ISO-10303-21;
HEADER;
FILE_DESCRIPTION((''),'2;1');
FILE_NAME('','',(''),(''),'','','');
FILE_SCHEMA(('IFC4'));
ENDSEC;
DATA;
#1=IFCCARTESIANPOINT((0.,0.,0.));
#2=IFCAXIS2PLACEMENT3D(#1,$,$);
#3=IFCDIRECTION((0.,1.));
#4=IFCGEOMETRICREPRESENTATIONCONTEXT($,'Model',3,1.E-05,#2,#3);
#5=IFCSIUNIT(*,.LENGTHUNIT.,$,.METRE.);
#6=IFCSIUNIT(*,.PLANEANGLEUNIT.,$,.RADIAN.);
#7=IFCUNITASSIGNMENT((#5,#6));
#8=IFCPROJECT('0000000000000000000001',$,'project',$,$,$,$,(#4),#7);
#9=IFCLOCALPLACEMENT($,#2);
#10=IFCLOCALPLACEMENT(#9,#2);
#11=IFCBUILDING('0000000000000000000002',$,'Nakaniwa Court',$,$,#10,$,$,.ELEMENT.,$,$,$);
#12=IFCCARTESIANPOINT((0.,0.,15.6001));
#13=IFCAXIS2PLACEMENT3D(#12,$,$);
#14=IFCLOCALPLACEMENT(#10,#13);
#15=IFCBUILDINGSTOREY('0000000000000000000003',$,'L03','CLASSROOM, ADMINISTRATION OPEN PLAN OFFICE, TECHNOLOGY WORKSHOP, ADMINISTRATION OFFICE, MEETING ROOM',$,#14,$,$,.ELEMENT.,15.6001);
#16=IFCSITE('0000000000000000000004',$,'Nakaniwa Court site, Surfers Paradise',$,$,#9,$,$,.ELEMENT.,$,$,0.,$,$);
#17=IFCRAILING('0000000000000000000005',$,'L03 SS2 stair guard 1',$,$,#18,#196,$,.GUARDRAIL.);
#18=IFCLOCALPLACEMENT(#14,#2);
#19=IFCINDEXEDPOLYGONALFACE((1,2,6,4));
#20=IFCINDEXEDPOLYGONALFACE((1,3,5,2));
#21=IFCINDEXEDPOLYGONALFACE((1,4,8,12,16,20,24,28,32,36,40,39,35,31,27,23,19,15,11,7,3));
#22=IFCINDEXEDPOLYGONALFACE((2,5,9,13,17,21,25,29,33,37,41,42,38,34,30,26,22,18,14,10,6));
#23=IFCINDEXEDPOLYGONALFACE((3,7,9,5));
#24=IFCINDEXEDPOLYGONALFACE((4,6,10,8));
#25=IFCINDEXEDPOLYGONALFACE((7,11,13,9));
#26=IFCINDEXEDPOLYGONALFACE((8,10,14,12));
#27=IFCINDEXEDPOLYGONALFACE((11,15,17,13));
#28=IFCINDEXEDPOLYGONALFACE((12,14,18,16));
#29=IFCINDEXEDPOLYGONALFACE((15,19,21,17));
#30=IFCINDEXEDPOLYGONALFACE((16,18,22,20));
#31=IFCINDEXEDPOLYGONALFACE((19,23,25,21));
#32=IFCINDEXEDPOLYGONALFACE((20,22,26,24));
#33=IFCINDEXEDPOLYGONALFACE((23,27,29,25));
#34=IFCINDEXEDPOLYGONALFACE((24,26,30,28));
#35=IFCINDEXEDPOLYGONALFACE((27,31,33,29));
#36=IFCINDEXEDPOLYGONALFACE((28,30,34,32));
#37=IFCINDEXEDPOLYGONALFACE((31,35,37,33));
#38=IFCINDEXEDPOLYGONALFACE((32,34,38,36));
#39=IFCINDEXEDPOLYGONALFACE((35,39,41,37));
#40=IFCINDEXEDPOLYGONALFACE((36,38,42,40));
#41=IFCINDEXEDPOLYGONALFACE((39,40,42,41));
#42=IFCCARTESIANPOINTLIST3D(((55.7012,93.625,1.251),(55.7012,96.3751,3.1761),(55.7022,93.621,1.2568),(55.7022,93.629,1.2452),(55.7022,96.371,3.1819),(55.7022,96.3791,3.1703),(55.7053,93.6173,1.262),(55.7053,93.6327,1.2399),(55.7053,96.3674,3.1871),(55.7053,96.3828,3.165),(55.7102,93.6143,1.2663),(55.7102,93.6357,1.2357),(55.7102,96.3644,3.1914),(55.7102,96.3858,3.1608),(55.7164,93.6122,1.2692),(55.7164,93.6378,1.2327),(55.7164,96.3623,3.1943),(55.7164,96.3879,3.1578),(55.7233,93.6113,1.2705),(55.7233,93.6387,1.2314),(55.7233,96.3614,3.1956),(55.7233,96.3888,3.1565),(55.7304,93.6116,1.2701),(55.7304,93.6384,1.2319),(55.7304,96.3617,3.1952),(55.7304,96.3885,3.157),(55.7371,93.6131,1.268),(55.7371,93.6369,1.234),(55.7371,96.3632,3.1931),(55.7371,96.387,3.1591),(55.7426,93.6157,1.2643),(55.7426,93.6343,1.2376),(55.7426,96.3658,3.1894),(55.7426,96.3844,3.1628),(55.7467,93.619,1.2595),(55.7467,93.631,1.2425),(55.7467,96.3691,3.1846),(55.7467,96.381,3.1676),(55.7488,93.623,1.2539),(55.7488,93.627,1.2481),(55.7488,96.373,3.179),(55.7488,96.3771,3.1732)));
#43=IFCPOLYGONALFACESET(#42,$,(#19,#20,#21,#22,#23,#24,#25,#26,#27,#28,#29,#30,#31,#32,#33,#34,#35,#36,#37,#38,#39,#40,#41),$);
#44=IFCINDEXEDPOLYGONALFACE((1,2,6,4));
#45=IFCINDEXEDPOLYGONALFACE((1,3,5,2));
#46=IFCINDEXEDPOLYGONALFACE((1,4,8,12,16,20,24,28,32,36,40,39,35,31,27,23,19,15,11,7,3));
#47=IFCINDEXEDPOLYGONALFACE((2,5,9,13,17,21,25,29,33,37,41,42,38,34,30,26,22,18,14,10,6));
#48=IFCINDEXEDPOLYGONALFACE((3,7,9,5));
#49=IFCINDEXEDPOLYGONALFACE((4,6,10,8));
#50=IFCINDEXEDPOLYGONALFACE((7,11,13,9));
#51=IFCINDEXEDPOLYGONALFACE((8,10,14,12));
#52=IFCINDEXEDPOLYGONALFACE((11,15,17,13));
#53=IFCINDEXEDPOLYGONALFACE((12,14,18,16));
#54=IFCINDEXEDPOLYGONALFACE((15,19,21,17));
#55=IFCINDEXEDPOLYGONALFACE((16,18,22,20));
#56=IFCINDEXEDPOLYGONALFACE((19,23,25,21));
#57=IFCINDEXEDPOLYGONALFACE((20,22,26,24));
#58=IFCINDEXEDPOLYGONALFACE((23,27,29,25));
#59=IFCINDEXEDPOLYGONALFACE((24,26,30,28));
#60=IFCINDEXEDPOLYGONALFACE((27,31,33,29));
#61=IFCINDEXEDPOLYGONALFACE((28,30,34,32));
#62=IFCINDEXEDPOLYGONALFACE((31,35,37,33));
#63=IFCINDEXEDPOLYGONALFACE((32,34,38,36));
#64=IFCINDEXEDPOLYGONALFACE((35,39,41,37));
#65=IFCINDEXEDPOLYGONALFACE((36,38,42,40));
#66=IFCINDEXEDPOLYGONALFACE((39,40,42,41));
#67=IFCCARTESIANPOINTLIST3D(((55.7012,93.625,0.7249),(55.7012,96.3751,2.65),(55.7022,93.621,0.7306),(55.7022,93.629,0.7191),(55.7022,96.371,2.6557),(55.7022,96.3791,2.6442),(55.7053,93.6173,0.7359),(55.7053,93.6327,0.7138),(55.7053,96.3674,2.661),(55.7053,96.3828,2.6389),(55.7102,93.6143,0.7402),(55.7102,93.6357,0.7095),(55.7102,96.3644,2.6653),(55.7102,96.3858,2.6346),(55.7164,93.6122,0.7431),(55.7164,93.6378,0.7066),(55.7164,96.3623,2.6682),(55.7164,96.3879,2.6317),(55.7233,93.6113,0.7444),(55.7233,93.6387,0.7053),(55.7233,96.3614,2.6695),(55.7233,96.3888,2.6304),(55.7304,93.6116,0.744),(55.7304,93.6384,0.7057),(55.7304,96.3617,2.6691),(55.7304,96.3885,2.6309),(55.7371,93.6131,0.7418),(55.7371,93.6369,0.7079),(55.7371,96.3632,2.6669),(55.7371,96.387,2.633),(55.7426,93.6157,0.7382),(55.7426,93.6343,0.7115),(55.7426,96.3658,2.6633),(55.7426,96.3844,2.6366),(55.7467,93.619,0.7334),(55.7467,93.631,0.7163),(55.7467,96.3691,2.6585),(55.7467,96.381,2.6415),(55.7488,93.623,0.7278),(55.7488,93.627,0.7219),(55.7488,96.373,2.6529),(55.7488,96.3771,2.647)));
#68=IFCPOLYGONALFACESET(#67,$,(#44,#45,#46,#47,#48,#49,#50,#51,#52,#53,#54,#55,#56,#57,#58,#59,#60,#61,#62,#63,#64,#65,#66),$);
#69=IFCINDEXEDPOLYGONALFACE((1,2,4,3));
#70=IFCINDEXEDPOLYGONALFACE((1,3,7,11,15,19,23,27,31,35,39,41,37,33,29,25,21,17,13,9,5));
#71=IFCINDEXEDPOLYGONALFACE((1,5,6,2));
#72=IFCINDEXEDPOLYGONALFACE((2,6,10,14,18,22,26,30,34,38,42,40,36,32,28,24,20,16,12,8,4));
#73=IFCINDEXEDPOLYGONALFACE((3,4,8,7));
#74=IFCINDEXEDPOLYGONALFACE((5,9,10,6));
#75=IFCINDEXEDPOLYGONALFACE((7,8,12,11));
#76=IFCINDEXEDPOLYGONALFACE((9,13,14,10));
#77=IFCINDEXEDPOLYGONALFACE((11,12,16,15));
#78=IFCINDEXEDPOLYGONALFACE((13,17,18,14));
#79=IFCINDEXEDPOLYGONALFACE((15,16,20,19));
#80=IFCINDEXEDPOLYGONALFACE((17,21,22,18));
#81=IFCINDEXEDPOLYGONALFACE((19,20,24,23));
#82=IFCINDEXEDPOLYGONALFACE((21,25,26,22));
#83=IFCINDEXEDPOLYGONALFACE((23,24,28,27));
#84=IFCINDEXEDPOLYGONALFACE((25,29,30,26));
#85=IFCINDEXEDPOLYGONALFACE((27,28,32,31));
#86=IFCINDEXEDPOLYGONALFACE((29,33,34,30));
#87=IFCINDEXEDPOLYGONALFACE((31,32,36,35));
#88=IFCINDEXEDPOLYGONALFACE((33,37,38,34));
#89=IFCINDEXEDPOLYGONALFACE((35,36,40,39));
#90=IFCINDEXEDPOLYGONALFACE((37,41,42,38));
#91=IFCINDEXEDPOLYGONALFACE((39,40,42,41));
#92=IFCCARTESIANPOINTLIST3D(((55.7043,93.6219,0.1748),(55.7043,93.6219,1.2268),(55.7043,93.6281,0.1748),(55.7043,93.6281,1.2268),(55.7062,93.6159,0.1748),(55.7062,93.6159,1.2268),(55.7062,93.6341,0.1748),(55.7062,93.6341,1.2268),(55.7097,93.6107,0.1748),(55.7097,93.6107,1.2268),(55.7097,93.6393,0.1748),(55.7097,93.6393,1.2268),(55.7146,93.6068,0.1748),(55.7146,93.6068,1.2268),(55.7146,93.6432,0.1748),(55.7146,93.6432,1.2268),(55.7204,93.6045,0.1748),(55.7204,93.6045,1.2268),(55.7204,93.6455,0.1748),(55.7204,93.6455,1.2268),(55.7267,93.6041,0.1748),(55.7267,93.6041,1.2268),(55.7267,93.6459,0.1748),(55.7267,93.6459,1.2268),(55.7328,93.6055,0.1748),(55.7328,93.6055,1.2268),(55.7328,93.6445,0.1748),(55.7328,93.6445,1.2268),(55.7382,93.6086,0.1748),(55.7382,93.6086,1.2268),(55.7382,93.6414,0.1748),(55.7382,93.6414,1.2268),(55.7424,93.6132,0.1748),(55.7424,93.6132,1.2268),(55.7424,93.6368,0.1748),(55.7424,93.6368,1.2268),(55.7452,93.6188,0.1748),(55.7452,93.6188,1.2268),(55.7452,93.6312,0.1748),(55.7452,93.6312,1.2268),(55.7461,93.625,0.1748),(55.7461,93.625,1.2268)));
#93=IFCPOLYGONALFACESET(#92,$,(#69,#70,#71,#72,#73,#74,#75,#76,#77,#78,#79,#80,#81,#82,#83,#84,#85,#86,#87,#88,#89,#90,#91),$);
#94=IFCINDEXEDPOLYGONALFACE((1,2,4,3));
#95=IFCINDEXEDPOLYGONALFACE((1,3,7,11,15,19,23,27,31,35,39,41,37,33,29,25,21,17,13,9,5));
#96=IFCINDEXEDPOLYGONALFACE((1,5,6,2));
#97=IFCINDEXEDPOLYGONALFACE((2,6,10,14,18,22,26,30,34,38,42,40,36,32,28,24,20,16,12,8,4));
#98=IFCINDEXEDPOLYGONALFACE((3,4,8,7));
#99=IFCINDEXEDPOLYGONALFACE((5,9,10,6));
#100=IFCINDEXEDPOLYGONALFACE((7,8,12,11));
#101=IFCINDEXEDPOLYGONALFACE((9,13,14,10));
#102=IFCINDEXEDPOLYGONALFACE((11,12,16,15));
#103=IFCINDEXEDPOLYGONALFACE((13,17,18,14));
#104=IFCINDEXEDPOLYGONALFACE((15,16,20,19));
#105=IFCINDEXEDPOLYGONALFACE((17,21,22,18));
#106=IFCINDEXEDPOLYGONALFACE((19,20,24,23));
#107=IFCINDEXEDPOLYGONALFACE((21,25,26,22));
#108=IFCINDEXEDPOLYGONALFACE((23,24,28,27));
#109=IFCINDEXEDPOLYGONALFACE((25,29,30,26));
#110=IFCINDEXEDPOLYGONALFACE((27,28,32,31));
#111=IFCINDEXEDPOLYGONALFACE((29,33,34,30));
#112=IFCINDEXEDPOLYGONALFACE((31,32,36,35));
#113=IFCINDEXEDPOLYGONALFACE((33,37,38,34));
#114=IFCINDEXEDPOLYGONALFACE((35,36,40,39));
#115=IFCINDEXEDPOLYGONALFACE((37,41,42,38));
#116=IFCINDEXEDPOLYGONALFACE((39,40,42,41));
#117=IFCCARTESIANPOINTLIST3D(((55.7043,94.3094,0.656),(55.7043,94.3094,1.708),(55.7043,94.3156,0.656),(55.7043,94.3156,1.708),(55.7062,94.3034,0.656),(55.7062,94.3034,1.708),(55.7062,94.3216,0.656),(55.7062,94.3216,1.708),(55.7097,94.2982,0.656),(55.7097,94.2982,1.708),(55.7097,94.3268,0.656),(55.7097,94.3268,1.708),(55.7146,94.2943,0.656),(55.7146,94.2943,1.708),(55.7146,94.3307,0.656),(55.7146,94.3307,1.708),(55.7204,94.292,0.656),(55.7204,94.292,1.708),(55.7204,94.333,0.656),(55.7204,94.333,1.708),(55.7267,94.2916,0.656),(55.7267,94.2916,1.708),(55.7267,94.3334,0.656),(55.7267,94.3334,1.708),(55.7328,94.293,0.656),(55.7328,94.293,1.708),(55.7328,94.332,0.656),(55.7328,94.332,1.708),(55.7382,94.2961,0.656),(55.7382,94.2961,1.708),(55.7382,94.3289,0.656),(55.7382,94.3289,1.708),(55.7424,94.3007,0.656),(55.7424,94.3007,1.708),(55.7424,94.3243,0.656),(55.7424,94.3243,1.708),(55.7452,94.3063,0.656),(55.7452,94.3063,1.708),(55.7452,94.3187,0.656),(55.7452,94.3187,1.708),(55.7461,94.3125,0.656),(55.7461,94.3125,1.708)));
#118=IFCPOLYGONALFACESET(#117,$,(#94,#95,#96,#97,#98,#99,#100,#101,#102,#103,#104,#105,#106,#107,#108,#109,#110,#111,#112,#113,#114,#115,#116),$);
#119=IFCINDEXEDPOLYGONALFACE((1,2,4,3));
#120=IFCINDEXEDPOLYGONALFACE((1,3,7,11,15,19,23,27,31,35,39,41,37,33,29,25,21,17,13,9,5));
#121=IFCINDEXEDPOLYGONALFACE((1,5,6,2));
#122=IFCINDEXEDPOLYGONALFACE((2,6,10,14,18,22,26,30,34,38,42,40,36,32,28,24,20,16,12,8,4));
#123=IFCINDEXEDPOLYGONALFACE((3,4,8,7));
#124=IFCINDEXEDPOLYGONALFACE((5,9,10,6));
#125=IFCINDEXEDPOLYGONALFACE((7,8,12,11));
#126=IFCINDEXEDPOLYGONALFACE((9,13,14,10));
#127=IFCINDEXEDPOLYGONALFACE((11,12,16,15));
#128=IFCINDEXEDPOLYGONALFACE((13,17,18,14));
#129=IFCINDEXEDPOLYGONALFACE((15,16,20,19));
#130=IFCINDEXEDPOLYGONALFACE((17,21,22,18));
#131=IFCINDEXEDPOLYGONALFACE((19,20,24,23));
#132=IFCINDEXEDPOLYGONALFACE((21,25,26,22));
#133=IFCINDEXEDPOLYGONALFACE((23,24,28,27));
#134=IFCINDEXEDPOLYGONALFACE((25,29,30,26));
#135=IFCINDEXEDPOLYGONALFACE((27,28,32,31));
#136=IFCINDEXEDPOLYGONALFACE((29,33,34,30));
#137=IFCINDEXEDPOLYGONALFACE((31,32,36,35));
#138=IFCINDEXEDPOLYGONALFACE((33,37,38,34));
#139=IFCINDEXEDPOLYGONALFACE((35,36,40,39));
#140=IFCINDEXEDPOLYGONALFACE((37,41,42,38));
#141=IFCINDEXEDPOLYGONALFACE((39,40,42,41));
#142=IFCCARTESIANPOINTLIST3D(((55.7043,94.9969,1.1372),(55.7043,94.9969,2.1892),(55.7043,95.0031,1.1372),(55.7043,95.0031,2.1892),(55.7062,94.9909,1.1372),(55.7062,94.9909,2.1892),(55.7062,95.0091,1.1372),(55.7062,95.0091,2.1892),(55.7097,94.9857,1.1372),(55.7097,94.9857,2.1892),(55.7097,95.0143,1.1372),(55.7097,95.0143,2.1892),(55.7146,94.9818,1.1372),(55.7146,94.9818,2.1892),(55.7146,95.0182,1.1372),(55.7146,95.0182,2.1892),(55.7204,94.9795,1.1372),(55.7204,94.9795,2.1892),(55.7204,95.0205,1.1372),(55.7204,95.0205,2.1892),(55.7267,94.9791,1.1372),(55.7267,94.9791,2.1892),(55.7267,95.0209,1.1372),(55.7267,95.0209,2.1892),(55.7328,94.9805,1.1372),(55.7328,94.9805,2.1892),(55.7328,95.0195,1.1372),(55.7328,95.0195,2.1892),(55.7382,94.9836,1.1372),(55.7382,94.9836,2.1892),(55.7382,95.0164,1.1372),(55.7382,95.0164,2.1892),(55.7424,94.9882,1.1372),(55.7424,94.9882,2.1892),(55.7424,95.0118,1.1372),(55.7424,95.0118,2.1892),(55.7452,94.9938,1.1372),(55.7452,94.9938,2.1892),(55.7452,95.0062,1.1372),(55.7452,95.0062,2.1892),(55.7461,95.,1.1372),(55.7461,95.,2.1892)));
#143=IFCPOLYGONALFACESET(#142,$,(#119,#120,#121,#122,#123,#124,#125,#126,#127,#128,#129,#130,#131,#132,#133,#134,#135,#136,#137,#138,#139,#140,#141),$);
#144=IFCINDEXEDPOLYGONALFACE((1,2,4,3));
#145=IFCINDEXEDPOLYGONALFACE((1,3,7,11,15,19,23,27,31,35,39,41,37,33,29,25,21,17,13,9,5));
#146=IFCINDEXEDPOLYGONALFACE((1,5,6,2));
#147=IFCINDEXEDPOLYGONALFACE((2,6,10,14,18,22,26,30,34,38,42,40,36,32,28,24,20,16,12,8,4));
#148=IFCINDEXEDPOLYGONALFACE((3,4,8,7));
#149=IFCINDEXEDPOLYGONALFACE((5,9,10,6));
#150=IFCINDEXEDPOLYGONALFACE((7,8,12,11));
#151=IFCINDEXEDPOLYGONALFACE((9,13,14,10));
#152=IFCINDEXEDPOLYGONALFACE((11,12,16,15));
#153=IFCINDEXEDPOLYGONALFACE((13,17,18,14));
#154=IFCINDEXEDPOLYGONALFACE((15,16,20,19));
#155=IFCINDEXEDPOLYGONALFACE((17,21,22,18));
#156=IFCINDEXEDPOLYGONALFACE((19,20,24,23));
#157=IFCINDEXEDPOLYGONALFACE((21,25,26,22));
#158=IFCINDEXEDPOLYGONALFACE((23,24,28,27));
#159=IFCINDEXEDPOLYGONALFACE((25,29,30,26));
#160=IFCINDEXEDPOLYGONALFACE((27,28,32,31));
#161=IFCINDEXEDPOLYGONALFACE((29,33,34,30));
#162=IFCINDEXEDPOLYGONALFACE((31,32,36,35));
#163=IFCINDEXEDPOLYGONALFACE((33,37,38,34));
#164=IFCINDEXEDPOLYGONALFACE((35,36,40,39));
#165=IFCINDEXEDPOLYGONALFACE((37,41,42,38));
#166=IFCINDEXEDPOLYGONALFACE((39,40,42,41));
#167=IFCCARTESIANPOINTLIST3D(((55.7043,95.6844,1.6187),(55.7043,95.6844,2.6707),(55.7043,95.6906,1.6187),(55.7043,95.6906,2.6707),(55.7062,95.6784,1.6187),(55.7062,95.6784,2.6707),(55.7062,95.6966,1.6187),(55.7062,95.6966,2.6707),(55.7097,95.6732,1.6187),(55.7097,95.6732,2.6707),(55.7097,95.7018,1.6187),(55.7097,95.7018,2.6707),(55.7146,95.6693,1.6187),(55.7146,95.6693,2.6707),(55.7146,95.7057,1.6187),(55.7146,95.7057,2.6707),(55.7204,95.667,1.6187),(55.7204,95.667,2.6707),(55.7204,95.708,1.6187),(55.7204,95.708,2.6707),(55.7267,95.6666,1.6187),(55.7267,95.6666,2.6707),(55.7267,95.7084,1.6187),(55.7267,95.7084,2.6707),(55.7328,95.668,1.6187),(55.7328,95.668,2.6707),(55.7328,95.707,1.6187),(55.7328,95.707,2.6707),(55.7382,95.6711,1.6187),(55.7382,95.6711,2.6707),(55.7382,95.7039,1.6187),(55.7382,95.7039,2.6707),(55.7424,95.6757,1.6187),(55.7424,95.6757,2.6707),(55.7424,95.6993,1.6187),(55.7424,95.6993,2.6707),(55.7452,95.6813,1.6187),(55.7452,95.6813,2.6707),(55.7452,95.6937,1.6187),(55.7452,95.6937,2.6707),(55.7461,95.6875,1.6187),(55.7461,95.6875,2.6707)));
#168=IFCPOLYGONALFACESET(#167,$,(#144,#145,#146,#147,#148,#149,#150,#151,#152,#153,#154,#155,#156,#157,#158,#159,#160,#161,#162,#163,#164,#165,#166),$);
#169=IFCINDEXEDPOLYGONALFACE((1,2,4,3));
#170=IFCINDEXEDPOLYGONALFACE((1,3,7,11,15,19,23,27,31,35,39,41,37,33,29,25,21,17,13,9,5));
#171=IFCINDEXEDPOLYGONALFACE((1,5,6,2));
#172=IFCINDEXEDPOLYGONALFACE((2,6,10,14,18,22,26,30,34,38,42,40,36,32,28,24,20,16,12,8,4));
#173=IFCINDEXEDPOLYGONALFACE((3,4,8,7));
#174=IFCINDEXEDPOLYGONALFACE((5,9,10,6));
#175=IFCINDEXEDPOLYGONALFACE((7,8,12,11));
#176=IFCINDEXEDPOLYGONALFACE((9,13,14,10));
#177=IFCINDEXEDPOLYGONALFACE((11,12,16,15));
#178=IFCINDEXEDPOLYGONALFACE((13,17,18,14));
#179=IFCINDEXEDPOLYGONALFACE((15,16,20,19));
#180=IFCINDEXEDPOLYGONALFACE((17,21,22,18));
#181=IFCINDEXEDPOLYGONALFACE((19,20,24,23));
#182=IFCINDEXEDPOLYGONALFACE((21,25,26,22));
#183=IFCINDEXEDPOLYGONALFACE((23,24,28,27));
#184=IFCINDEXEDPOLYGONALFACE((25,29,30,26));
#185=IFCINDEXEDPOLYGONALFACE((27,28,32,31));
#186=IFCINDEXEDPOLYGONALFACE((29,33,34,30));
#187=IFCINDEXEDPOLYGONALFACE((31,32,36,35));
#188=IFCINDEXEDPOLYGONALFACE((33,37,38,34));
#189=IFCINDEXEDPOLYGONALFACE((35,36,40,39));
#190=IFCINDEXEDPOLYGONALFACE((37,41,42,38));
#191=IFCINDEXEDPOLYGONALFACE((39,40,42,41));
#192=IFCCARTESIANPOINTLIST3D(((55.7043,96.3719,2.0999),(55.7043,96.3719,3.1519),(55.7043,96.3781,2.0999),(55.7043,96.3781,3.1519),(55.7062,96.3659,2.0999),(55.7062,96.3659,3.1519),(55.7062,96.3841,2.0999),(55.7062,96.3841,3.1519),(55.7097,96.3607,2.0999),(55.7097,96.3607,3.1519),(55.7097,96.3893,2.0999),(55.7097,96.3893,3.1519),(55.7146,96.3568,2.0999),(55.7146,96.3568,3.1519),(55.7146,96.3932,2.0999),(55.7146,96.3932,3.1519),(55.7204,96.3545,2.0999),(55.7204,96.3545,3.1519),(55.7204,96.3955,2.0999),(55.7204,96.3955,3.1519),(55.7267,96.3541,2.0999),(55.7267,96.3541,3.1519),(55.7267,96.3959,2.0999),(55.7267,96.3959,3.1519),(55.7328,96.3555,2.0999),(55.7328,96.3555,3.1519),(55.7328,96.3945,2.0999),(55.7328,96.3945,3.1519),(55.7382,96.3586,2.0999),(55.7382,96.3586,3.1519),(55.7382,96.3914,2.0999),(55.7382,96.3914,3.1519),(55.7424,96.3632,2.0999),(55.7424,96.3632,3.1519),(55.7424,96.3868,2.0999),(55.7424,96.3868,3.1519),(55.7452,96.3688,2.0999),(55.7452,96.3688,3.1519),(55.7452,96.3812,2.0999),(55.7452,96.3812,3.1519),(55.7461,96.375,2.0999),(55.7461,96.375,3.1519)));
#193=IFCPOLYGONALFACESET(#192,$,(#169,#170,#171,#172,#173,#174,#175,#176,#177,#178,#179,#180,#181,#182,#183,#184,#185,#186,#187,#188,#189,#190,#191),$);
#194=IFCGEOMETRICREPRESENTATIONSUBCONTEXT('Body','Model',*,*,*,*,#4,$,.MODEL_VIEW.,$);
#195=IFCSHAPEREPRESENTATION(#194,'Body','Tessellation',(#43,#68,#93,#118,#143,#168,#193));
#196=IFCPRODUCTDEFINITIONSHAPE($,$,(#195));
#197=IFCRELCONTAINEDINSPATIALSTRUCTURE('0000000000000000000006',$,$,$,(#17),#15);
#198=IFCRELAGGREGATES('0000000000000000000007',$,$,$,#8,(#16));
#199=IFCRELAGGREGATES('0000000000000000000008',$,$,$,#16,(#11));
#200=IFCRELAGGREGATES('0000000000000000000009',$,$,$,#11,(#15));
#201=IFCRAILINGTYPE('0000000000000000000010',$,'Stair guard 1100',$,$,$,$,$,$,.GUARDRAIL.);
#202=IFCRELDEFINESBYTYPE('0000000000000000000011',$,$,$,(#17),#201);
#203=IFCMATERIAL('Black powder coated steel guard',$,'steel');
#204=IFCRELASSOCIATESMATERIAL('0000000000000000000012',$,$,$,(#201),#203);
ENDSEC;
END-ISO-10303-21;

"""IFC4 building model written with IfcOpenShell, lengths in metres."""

from ifc_helpers import new_model, si_unit, direction, frame, origin, origin_2d, place, context, subcontext, project, spatial, circle, extrude, material, type_object, element, save


model = new_model("IFC4")

# Units and contexts
model_context = context("Model", 3, precision=1e-05, world=origin(), true_north=direction((0.0, 1.0)))
body_context = subcontext(model_context, "Body", "Model", "MODEL_VIEW")
ifc_project = project(units=[si_unit("LENGTHUNIT", "METRE"), si_unit("PLANEANGLEUNIT", "RADIAN")], contexts=[model_context])

# Site, building, storey
site_placement = place(None, origin())
site = spatial("IfcSite", under=ifc_project, at=site_placement, Name="Nakaniwa Court site, Surfers Paradise", CompositionType="ELEMENT", RefElevation=0.0)
building_placement = place(site_placement, origin())
building = spatial("IfcBuilding", under=site, at=building_placement, Name="Nakaniwa Court", CompositionType="ELEMENT")
storey_placement = place(building_placement, frame((0.0, 0.0, 15.6001)))
storey = spatial("IfcBuildingStorey", under=building, at=storey_placement, Name="L03", Description="CLASSROOM, ADMINISTRATION OPEN PLAN OFFICE, TECHNOLOGY WORKSHOP, ADMINISTRATION OFFICE, MEETING ROOM", CompositionType="ELEMENT", Elevation=15.6001)

# Railing
ifc_material_1 = material(Name="Black powder coated steel guard", Category="steel")
railing_type_1 = type_object("IfcRailingType", Name="Stair guard 1100", PredefinedType="GUARDRAIL", material=ifc_material_1)
railing_1_placement = place(storey_placement, frame((55.7251, 93.625, 0.1748)))
element("IfcRailing", 1, at=railing_1_placement, inside=storey, type_object=railing_type_1, Name="L03 SS2 stair guard 1", PredefinedType="GUARDRAIL", context=body_context, shape_type="SweptSolid", body=[
    extrude(circle(Radius=0.0239, at=origin_2d()), frame((0.0, 0.0, 1.0762), z_axis=(0.0, 0.819225, 0.573472), x_axis=(-1.0, 0.0, 0.0)), (0.0, 0.0, 1.0), 3.3569),
    extrude(circle(Radius=0.0239, at=origin_2d()), frame((0.0, 0.0, 0.55), z_axis=(0.0, 0.819225, 0.573472), x_axis=(-1.0, 0.0, 0.0)), (0.0, 0.0, 1.0), 3.3569),
    extrude(circle(Radius=0.021, at=origin_2d()), origin(), (0.0, 0.0, 1.0), 1.052),
    extrude(circle(Radius=0.021, at=origin_2d()), frame((0.0, 0.6875, 0.4812)), (0.0, 0.0, 1.0), 1.052),
    extrude(circle(Radius=0.021, at=origin_2d()), frame((0.0, 1.375, 0.9624)), (0.0, 0.0, 1.0), 1.052),
    extrude(circle(Radius=0.021, at=origin_2d()), frame((0.0, 2.0625, 1.4438)), (0.0, 0.0, 1.0), 1.052),
    extrude(circle(Radius=0.021, at=origin_2d()), frame((0.0, 2.75, 1.925)), (0.0, 0.0, 1.0), 1.052),
])

save(model, "model.ifc")
